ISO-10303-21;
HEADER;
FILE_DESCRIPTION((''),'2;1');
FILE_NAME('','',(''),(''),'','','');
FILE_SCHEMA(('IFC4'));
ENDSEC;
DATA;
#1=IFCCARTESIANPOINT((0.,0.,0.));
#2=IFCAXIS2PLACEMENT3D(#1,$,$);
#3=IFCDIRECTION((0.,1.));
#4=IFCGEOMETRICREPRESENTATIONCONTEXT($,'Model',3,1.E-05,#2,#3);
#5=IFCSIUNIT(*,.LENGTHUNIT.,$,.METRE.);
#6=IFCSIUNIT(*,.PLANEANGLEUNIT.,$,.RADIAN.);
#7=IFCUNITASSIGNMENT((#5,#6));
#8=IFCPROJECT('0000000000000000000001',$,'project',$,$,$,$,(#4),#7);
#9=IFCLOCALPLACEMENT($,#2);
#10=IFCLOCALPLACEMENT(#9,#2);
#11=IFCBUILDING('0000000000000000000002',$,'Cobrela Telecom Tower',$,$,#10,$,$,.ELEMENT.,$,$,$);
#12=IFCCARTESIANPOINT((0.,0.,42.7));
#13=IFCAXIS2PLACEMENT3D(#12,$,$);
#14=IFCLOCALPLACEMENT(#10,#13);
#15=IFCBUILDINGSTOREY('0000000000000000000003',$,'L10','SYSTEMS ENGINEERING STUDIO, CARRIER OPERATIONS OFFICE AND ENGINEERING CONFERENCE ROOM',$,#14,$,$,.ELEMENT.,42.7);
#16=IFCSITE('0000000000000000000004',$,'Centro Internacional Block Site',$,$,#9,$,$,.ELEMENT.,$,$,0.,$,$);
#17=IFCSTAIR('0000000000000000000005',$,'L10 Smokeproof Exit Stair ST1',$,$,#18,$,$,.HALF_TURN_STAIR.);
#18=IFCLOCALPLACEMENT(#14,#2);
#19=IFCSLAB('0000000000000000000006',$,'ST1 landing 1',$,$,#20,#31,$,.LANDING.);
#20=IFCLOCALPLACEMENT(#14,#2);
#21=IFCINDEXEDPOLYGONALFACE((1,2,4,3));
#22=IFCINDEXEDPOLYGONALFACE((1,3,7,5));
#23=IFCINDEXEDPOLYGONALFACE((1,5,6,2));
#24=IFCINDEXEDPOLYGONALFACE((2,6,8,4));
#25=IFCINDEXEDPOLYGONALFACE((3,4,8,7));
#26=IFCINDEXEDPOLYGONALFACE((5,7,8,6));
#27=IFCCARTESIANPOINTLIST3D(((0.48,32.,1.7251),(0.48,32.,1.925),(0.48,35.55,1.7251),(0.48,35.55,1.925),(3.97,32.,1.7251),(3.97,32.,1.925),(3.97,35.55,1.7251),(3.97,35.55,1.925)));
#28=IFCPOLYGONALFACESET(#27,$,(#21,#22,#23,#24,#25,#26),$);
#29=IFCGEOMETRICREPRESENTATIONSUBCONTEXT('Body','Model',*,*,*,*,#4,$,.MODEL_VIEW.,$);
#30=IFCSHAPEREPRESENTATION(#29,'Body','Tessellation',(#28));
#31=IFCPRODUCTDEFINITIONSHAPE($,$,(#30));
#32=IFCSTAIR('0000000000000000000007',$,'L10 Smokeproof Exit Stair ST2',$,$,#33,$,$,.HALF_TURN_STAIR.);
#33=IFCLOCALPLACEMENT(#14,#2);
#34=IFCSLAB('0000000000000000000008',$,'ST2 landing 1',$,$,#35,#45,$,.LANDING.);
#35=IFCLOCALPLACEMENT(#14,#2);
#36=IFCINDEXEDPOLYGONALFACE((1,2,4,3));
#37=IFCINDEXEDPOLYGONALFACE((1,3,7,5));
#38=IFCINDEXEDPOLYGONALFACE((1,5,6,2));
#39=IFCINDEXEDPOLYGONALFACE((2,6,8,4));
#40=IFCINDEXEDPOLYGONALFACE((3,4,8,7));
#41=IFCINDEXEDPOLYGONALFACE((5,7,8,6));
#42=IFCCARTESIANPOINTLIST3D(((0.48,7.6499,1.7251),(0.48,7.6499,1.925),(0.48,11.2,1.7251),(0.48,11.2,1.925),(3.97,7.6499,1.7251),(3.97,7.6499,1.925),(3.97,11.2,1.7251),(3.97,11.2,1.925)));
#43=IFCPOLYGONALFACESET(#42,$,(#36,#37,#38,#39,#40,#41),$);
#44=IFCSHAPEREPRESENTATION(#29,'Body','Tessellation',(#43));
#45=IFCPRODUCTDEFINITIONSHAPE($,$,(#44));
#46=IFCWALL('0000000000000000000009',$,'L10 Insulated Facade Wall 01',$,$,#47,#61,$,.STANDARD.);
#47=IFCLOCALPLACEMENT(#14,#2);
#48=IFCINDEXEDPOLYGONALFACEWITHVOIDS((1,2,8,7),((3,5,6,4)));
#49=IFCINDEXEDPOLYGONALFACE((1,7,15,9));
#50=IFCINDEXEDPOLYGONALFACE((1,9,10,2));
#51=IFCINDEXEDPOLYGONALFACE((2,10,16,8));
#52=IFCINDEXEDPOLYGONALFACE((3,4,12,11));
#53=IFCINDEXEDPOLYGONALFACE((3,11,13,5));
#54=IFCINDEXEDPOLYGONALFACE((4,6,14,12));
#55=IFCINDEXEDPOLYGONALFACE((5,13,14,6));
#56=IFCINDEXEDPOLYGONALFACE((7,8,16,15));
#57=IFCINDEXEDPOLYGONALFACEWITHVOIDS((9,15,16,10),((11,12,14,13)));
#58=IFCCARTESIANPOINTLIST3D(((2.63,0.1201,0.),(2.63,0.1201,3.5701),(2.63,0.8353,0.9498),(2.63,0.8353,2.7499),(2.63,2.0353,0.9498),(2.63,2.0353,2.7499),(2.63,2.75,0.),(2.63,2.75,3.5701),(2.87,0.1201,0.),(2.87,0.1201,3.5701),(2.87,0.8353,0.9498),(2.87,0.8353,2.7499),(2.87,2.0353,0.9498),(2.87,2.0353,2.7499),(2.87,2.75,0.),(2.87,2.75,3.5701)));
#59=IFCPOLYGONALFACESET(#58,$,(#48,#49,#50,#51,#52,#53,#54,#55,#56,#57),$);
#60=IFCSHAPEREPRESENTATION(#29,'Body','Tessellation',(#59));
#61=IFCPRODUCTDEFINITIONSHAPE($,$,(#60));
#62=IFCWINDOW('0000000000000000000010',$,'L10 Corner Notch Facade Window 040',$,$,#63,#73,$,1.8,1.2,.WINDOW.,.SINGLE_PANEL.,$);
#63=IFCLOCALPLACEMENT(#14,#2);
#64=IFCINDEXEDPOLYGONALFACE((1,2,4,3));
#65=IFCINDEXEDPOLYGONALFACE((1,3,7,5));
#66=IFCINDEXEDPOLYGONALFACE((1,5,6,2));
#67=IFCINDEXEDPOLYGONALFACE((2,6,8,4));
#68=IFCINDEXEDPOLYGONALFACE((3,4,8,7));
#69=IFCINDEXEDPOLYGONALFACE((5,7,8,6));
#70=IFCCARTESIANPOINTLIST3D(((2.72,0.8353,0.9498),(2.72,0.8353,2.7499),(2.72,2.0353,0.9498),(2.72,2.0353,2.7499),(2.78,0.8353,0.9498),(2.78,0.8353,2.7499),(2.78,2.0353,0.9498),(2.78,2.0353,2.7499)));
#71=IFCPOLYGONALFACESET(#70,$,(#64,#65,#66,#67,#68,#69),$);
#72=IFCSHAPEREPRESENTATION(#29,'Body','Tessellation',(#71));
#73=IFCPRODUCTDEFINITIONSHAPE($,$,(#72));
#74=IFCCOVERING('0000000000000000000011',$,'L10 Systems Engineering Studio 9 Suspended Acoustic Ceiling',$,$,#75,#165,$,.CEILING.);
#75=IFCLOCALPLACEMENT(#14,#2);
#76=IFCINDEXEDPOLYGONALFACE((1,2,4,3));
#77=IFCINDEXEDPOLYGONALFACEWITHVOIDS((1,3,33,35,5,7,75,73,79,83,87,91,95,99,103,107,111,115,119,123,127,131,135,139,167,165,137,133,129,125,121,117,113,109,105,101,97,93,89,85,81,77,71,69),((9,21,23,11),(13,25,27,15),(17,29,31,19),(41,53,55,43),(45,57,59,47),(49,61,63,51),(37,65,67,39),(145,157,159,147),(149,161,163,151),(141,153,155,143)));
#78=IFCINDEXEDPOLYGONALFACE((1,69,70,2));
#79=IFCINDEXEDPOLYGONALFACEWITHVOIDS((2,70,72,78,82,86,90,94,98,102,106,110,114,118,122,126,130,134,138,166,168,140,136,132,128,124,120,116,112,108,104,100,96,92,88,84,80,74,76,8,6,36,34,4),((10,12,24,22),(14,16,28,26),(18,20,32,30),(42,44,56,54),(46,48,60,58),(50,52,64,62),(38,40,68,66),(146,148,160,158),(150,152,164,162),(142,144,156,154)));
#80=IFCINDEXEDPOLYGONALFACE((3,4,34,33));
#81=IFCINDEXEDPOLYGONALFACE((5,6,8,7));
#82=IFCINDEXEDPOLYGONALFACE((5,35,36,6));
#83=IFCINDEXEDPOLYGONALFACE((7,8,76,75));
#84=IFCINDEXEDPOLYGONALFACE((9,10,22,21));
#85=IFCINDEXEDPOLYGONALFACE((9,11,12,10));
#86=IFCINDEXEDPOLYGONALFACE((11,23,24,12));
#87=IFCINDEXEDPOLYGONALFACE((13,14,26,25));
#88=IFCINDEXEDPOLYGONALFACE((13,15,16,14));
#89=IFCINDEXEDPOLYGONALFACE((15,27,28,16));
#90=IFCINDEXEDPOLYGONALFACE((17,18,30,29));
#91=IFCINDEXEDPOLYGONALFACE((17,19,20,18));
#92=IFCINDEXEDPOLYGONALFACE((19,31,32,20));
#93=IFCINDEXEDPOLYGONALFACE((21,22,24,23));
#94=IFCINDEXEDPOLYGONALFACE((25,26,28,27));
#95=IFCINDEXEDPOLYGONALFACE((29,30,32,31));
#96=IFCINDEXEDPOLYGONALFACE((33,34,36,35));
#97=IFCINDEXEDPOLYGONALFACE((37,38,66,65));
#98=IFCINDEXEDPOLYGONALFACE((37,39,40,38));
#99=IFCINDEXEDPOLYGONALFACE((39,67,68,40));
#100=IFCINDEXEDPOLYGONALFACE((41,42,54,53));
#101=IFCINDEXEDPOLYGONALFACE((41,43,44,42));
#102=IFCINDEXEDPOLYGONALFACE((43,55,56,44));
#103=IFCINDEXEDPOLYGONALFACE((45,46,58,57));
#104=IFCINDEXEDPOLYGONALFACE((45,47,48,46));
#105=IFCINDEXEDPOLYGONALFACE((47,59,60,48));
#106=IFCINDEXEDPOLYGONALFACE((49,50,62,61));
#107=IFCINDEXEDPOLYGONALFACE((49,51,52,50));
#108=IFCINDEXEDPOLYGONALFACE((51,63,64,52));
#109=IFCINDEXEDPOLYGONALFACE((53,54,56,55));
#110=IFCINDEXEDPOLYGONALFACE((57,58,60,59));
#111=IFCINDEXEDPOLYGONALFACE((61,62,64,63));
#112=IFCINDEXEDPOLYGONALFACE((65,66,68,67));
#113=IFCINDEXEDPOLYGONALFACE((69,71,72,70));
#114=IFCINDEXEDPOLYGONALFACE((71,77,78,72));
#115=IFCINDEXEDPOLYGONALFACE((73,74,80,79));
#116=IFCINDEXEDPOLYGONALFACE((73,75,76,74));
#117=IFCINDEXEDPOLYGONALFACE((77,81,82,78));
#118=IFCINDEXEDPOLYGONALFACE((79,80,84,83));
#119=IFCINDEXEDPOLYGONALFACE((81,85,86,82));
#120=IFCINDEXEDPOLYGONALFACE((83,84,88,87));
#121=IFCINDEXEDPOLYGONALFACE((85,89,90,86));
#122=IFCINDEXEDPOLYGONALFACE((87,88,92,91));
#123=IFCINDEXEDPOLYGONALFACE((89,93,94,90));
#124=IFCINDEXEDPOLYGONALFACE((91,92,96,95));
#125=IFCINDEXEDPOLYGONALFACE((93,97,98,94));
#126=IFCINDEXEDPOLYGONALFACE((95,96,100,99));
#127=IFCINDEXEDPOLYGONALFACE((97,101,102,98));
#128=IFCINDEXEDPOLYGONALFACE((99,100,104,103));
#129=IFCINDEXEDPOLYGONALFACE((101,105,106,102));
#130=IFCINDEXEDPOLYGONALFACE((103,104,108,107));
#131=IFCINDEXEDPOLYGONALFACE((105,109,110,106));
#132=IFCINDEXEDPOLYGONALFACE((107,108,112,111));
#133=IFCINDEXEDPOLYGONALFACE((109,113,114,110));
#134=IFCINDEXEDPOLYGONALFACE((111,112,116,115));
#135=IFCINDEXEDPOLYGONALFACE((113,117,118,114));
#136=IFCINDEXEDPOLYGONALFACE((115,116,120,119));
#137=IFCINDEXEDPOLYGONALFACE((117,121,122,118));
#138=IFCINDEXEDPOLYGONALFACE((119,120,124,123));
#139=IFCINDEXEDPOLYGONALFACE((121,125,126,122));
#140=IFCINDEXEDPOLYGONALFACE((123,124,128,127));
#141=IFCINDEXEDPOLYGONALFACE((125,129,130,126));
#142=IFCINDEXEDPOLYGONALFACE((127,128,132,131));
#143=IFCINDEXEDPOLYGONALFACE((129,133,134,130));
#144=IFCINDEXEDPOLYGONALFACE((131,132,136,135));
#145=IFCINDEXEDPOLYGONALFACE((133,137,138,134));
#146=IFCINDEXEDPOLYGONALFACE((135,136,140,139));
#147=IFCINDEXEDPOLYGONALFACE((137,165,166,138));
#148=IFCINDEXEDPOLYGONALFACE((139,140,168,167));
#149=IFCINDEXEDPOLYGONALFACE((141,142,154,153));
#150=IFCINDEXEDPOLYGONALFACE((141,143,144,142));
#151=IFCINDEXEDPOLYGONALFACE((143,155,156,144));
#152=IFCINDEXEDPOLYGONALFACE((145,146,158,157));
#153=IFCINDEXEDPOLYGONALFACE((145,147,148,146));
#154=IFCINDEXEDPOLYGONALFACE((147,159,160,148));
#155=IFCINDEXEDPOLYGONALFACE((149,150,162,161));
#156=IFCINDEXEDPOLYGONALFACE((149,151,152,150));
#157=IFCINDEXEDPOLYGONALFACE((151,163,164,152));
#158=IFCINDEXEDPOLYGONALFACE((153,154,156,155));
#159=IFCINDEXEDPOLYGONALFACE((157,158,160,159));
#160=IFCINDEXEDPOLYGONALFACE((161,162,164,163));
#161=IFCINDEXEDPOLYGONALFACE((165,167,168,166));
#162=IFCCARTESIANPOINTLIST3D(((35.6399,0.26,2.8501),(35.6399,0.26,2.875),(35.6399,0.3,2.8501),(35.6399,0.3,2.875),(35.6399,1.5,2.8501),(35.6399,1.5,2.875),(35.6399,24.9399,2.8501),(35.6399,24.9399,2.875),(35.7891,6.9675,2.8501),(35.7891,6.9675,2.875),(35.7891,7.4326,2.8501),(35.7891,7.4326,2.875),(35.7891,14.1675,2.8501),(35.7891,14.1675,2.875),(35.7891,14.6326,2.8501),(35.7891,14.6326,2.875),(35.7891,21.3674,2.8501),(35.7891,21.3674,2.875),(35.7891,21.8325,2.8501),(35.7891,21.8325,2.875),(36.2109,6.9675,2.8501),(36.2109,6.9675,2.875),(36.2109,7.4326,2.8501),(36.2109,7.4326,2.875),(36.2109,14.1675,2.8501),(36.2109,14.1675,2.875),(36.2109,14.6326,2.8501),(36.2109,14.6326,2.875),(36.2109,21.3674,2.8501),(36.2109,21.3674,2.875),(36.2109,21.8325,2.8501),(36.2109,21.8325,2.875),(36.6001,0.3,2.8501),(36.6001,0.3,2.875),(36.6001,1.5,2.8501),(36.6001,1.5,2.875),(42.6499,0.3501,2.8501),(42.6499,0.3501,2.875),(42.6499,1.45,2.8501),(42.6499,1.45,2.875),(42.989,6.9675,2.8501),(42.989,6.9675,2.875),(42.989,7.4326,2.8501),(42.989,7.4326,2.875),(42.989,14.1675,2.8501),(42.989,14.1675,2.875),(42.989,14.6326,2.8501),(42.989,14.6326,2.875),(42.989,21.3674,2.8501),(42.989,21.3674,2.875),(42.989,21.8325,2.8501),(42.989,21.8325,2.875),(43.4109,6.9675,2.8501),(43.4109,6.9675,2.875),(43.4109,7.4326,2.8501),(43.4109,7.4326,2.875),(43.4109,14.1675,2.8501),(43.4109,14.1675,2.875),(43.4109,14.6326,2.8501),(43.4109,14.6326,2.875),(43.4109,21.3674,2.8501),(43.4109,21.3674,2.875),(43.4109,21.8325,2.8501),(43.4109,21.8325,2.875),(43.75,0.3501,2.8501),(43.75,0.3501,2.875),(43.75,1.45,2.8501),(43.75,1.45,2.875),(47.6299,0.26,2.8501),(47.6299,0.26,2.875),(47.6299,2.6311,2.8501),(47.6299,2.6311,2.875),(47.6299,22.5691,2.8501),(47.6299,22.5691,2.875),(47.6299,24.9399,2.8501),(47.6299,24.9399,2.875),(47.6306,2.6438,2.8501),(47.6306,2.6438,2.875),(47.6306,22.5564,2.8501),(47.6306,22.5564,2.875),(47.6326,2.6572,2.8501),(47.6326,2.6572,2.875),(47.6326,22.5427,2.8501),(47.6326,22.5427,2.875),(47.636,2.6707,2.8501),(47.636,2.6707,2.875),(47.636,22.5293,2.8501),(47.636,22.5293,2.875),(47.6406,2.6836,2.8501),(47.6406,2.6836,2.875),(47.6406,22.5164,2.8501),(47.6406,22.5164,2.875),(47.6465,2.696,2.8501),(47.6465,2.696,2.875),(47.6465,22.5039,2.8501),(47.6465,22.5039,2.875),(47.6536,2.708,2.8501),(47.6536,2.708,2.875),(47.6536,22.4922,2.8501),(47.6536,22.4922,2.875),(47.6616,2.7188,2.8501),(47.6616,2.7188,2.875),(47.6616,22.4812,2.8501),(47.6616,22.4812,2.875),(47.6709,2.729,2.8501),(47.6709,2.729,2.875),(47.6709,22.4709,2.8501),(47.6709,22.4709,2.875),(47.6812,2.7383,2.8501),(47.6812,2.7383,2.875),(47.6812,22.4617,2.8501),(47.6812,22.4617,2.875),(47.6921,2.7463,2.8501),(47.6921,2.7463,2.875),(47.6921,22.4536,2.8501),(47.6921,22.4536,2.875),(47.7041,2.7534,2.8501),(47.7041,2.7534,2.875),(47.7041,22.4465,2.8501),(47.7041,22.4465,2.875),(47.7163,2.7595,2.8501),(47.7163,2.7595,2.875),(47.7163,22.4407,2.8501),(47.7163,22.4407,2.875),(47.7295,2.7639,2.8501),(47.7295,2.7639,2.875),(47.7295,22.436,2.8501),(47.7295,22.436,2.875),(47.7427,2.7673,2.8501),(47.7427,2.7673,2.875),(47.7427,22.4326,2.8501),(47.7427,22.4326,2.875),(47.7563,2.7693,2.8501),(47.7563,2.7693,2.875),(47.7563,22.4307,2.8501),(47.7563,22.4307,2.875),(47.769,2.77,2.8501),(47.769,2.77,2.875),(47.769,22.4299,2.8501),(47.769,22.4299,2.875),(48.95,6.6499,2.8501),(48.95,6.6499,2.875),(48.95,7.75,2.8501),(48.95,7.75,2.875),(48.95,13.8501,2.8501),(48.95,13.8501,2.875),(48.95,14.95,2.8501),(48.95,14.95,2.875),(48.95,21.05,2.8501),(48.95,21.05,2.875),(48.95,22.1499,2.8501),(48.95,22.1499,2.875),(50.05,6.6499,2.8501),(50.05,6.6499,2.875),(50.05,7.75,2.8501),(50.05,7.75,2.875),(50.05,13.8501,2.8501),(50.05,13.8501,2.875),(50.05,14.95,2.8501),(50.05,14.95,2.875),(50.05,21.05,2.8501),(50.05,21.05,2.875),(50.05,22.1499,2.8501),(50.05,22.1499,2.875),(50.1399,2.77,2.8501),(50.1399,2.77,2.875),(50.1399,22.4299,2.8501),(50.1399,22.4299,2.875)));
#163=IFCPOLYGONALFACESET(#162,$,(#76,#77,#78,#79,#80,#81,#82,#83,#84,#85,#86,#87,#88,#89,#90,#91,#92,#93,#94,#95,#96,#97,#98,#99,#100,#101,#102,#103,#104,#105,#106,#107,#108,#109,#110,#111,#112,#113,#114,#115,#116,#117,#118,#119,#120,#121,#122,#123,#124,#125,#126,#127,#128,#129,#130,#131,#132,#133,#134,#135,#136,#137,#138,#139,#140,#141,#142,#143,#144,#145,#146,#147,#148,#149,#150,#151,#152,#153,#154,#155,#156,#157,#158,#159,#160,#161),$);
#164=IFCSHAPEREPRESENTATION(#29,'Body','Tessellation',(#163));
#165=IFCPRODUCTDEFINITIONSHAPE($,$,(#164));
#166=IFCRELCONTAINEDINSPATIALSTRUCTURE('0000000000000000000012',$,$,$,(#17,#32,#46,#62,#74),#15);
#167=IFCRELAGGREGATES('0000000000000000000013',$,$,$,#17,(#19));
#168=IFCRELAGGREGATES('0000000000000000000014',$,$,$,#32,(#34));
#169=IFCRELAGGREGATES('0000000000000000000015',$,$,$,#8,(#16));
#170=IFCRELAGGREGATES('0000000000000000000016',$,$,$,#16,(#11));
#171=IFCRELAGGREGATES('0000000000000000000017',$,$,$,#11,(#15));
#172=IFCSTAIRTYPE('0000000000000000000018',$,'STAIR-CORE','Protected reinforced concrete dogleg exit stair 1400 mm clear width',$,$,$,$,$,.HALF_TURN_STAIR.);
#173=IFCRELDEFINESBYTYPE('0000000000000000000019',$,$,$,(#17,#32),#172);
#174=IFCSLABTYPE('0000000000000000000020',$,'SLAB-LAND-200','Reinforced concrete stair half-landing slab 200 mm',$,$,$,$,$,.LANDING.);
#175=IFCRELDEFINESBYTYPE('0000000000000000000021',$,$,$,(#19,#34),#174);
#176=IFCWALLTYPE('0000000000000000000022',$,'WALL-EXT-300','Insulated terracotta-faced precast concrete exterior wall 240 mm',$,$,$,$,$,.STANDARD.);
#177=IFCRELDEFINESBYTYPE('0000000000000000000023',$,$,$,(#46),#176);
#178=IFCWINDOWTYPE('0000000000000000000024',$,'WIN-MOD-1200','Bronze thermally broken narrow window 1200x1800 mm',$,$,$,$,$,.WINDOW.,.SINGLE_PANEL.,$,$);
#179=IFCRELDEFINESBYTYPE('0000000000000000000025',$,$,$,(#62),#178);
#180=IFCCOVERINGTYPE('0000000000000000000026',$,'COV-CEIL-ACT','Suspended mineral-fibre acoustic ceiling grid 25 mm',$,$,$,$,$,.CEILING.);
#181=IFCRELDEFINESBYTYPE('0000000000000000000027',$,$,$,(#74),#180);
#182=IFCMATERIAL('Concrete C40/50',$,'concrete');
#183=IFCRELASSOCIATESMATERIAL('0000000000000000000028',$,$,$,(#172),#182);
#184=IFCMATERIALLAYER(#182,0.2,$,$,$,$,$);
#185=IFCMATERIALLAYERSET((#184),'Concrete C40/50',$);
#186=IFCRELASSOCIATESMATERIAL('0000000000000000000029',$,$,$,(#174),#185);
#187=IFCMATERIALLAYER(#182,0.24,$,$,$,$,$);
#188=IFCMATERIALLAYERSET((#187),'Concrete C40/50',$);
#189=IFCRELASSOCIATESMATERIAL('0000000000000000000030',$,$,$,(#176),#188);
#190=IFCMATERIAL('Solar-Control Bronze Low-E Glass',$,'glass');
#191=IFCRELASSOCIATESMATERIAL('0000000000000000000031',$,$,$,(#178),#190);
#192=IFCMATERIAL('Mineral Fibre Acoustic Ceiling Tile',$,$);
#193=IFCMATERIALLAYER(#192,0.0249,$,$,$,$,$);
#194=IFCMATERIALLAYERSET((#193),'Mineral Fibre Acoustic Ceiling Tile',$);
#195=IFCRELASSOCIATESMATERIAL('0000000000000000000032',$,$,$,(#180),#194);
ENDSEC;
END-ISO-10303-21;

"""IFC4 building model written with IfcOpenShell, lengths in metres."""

from ifc_helpers import new_model, si_unit, direction, frame, frame_2d, origin, place, context, subcontext, project, spatial, polyline, rectangle, outline, extrude, material, layer, layer_set, type_object, element, fill, aggregate, save


model = new_model("IFC4")

# Units and contexts
model_context = context("Model", 3, precision=1e-05, world=origin(), true_north=direction((0.0, 1.0)))
body_context = subcontext(model_context, "Body", "Model", "MODEL_VIEW")
ifc_project = project(units=[si_unit("LENGTHUNIT", "METRE"), si_unit("PLANEANGLEUNIT", "RADIAN")], contexts=[model_context])

# Site, building, storey
site_placement = place(None, origin())
site = spatial("IfcSite", under=ifc_project, at=site_placement, Name="Centro Internacional Block Site", CompositionType="ELEMENT", RefElevation=0.0)
building_placement = place(site_placement, origin())
building = spatial("IfcBuilding", under=site, at=building_placement, Name="Cobrela Telecom Tower", CompositionType="ELEMENT")
storey_placement = place(building_placement, frame((0.0, 0.0, 42.7)))
storey = spatial("IfcBuildingStorey", under=building, at=storey_placement, Name="L10", Description="SYSTEMS ENGINEERING STUDIO, CARRIER OPERATIONS OFFICE AND ENGINEERING CONFERENCE ROOM", CompositionType="ELEMENT", Elevation=42.7)

# Shared definitions
ifc_material_1 = material(Name="Concrete C40/50", Category="concrete")

# Stairs, slabs
stair_type = type_object("IfcStairType", Name="STAIR-CORE", Description="Protected reinforced concrete dogleg exit stair 1400 mm clear width", PredefinedType="HALF_TURN_STAIR", material=ifc_material_1)
stair_1_placement = place(storey_placement, origin())
stair_1 = element("IfcStair", 1, at=stair_1_placement, inside=storey, type_object=stair_type, Name="L10 Smokeproof Exit Stair ST1", PredefinedType="HALF_TURN_STAIR")
ifc_layer_1 = layer(ifc_material_1, 0.2)
ifc_layer_set_1 = layer_set([ifc_layer_1], Name="Concrete C40/50")
slab_type_1 = type_object("IfcSlabType", Name="SLAB-LAND-200", Description="Reinforced concrete stair half-landing slab 200 mm", PredefinedType="LANDING", material=ifc_layer_set_1)
slab_1_placement = place(storey_placement, frame((0.0, 0.0, 1.7251)))
slab_1 = element("IfcSlab", 2, at=slab_1_placement, type_object=slab_type_1, Name="ST1 landing 1", PredefinedType="LANDING", context=body_context, shape_type="SweptSolid", body=[
    extrude(outline(polyline([(3.97, 35.55), (0.48, 35.55), (0.48, 32.0), (3.97, 32.0), (3.97, 35.55)])), origin(), (0.0, 0.0, 1.0), 0.2),
])
aggregate(stair_1, [slab_1])
stair_2_placement = place(storey_placement, origin())
stair_2 = element("IfcStair", 3, at=stair_2_placement, inside=storey, type_object=stair_type, Name="L10 Smokeproof Exit Stair ST2", PredefinedType="HALF_TURN_STAIR")
slab_2_placement = place(storey_placement, frame((0.0, 0.0, 1.7251)))
slab_2 = element("IfcSlab", 4, at=slab_2_placement, type_object=slab_type_1, Name="ST2 landing 1", PredefinedType="LANDING", context=body_context, shape_type="SweptSolid", body=[
    extrude(outline(polyline([(3.97, 11.2), (0.48, 11.2), (0.48, 7.6499), (3.97, 7.6499), (3.97, 11.2)])), origin(), (0.0, 0.0, 1.0), 0.2),
])
aggregate(stair_2, [slab_2])

# Wall, opening, window
ifc_layer_2 = layer(ifc_material_1, 0.24)
ifc_layer_set_2 = layer_set([ifc_layer_2], Name="Concrete C40/50")
wall_type = type_object("IfcWallType", Name="WALL-EXT-300", Description="Insulated terracotta-faced precast concrete exterior wall 240 mm", PredefinedType="STANDARD", material=ifc_layer_set_2)
wall_placement = place(storey_placement, frame((2.75, 0.1201, 0.0), z_axis=(0.0, 0.0, 1.0), x_axis=(0.0, 1.0, 0.0)))
wall = element("IfcWall", 5, at=wall_placement, inside=storey, type_object=wall_type, Name="L10 Insulated Facade Wall 01", PredefinedType="STANDARD", context=body_context, shape_type="SweptSolid", body=[
    extrude(rectangle(XDim=2.6299, YDim=0.24, at=frame_2d((1.3149, 0.0))), origin(), (0.0, 0.0, 1.0), 3.5701),
])
opening_1_placement = place(wall_placement, frame((0.7151, 0.0, 0.95)))
opening_1 = element("IfcOpeningElement", 6, at=opening_1_placement, cuts=wall, PredefinedType="OPENING", context=body_context, shape_type="SweptSolid", body=[
    extrude(rectangle(XDim=1.2, YDim=1.8, at=frame_2d((0.6001, 0.8999))), frame((0.0, 0.1318, 0.0), z_axis=(0.0, -1.0, 0.0), x_axis=(1.0, 0.0, 0.0)), (0.0, 0.0, 1.0), 0.2639),
])
ifc_material_2 = material(Name="Solar-Control Bronze Low-E Glass", Category="glass")
window_type = type_object("IfcWindowType", Name="WIN-MOD-1200", Description="Bronze thermally broken narrow window 1200x1800 mm", PartitioningType="SINGLE_PANEL", PredefinedType="WINDOW", material=ifc_material_2)
window_placement = place(opening_1_placement, origin())
window = element("IfcWindow", 7, at=window_placement, inside=storey, type_object=window_type, Name="L10 Corner Notch Facade Window 040", OverallHeight=1.8, OverallWidth=1.2, PartitioningType="SINGLE_PANEL", PredefinedType="WINDOW", context=body_context, shape_type="SweptSolid", body=[
    extrude(rectangle(XDim=1.2, YDim=1.8, at=frame_2d((0.6001, 0.8999))), frame((0.0, 0.03, 0.0), z_axis=(0.0, -1.0, 0.0), x_axis=(1.0, 0.0, 0.0)), (0.0, 0.0, 1.0), 0.0601),
])
fill(opening_1, window)

# Covering
ifc_material_3 = material(Name="Mineral Fibre Acoustic Ceiling Tile")
ifc_layer_3 = layer(ifc_material_3, 0.0249)
ifc_layer_set_3 = layer_set([ifc_layer_3], Name="Mineral Fibre Acoustic Ceiling Tile")
covering_type_1 = type_object("IfcCoveringType", Name="COV-CEIL-ACT", Description="Suspended mineral-fibre acoustic ceiling grid 25 mm", PredefinedType="CEILING", material=ifc_layer_set_3)
covering_1_placement = place(storey_placement, frame((0.0, 0.0, 2.8501)))
element("IfcCovering", 8, at=covering_1_placement, inside=storey, type_object=covering_type_1, Name="L10 Systems Engineering Studio 9 Suspended Acoustic Ceiling", PredefinedType="CEILING", context=body_context, shape_type="SweptSolid", body=[
    extrude(outline(polyline([(47.7427, 2.7673), (47.7295, 2.7639), (47.7163, 2.7595), (47.7041, 2.7534), (47.6921, 2.7463), (47.6812, 2.7383), (47.6709, 2.729), (47.6616, 2.7188), (47.6536, 2.708), (47.6465, 2.696), (47.6406, 2.6836), (47.636, 2.6707), (47.6326, 2.6572), (47.6306, 2.6438), (47.6299, 2.6311), (47.6299, 0.26), (35.6399, 0.26), (35.6399, 0.3), (36.6001, 0.3), (36.6001, 1.5), (35.6399, 1.5), (35.6399, 24.9399), (47.6299, 24.9399), (47.6299, 22.5691), (47.6306, 22.5564), (47.6326, 22.5427), (47.636, 22.5293), (47.6406, 22.5164), (47.6465, 22.5039), (47.6536, 22.4922), (47.6616, 22.4812), (47.6709, 22.4709), (47.6812, 22.4617), (47.6921, 22.4536), (47.7041, 22.4465), (47.7163, 22.4407), (47.7295, 22.436), (47.7427, 22.4326), (47.7563, 22.4307), (47.769, 22.4299), (50.1399, 22.4299), (50.1399, 2.77), (47.769, 2.77), (47.7563, 2.7693), (47.7427, 2.7673)]), holes=[polyline([(43.75, 0.3501), (43.75, 1.45), (42.6499, 1.45), (42.6499, 0.3501), (43.75, 0.3501)]), polyline([(36.2109, 6.9675), (36.2109, 7.4326), (35.7891, 7.4326), (35.7891, 6.9675), (36.2109, 6.9675)]), polyline([(43.4109, 6.9675), (43.4109, 7.4326), (42.989, 7.4326), (42.989, 6.9675), (43.4109, 6.9675)]), polyline([(50.05, 6.6499), (50.05, 7.75), (48.95, 7.75), (48.95, 6.6499), (50.05, 6.6499)]), polyline([(36.2109, 14.1675), (36.2109, 14.6326), (35.7891, 14.6326), (35.7891, 14.1675), (36.2109, 14.1675)]), polyline([(43.4109, 14.1675), (43.4109, 14.6326), (42.989, 14.6326), (42.989, 14.1675), (43.4109, 14.1675)]), polyline([(50.05, 13.8501), (50.05, 14.95), (48.95, 14.95), (48.95, 13.8501), (50.05, 13.8501)]), polyline([(36.2109, 21.3674), (36.2109, 21.8325), (35.7891, 21.8325), (35.7891, 21.3674), (36.2109, 21.3674)]), polyline([(43.4109, 21.3674), (43.4109, 21.8325), (42.989, 21.8325), (42.989, 21.3674), (43.4109, 21.3674)]), polyline([(50.05, 21.05), (50.05, 22.1499), (48.95, 22.1499), (48.95, 21.05), (50.05, 21.05)])]), origin(), (0.0, 0.0, 1.0), 0.0249),
])

save(model, "model.ifc")
